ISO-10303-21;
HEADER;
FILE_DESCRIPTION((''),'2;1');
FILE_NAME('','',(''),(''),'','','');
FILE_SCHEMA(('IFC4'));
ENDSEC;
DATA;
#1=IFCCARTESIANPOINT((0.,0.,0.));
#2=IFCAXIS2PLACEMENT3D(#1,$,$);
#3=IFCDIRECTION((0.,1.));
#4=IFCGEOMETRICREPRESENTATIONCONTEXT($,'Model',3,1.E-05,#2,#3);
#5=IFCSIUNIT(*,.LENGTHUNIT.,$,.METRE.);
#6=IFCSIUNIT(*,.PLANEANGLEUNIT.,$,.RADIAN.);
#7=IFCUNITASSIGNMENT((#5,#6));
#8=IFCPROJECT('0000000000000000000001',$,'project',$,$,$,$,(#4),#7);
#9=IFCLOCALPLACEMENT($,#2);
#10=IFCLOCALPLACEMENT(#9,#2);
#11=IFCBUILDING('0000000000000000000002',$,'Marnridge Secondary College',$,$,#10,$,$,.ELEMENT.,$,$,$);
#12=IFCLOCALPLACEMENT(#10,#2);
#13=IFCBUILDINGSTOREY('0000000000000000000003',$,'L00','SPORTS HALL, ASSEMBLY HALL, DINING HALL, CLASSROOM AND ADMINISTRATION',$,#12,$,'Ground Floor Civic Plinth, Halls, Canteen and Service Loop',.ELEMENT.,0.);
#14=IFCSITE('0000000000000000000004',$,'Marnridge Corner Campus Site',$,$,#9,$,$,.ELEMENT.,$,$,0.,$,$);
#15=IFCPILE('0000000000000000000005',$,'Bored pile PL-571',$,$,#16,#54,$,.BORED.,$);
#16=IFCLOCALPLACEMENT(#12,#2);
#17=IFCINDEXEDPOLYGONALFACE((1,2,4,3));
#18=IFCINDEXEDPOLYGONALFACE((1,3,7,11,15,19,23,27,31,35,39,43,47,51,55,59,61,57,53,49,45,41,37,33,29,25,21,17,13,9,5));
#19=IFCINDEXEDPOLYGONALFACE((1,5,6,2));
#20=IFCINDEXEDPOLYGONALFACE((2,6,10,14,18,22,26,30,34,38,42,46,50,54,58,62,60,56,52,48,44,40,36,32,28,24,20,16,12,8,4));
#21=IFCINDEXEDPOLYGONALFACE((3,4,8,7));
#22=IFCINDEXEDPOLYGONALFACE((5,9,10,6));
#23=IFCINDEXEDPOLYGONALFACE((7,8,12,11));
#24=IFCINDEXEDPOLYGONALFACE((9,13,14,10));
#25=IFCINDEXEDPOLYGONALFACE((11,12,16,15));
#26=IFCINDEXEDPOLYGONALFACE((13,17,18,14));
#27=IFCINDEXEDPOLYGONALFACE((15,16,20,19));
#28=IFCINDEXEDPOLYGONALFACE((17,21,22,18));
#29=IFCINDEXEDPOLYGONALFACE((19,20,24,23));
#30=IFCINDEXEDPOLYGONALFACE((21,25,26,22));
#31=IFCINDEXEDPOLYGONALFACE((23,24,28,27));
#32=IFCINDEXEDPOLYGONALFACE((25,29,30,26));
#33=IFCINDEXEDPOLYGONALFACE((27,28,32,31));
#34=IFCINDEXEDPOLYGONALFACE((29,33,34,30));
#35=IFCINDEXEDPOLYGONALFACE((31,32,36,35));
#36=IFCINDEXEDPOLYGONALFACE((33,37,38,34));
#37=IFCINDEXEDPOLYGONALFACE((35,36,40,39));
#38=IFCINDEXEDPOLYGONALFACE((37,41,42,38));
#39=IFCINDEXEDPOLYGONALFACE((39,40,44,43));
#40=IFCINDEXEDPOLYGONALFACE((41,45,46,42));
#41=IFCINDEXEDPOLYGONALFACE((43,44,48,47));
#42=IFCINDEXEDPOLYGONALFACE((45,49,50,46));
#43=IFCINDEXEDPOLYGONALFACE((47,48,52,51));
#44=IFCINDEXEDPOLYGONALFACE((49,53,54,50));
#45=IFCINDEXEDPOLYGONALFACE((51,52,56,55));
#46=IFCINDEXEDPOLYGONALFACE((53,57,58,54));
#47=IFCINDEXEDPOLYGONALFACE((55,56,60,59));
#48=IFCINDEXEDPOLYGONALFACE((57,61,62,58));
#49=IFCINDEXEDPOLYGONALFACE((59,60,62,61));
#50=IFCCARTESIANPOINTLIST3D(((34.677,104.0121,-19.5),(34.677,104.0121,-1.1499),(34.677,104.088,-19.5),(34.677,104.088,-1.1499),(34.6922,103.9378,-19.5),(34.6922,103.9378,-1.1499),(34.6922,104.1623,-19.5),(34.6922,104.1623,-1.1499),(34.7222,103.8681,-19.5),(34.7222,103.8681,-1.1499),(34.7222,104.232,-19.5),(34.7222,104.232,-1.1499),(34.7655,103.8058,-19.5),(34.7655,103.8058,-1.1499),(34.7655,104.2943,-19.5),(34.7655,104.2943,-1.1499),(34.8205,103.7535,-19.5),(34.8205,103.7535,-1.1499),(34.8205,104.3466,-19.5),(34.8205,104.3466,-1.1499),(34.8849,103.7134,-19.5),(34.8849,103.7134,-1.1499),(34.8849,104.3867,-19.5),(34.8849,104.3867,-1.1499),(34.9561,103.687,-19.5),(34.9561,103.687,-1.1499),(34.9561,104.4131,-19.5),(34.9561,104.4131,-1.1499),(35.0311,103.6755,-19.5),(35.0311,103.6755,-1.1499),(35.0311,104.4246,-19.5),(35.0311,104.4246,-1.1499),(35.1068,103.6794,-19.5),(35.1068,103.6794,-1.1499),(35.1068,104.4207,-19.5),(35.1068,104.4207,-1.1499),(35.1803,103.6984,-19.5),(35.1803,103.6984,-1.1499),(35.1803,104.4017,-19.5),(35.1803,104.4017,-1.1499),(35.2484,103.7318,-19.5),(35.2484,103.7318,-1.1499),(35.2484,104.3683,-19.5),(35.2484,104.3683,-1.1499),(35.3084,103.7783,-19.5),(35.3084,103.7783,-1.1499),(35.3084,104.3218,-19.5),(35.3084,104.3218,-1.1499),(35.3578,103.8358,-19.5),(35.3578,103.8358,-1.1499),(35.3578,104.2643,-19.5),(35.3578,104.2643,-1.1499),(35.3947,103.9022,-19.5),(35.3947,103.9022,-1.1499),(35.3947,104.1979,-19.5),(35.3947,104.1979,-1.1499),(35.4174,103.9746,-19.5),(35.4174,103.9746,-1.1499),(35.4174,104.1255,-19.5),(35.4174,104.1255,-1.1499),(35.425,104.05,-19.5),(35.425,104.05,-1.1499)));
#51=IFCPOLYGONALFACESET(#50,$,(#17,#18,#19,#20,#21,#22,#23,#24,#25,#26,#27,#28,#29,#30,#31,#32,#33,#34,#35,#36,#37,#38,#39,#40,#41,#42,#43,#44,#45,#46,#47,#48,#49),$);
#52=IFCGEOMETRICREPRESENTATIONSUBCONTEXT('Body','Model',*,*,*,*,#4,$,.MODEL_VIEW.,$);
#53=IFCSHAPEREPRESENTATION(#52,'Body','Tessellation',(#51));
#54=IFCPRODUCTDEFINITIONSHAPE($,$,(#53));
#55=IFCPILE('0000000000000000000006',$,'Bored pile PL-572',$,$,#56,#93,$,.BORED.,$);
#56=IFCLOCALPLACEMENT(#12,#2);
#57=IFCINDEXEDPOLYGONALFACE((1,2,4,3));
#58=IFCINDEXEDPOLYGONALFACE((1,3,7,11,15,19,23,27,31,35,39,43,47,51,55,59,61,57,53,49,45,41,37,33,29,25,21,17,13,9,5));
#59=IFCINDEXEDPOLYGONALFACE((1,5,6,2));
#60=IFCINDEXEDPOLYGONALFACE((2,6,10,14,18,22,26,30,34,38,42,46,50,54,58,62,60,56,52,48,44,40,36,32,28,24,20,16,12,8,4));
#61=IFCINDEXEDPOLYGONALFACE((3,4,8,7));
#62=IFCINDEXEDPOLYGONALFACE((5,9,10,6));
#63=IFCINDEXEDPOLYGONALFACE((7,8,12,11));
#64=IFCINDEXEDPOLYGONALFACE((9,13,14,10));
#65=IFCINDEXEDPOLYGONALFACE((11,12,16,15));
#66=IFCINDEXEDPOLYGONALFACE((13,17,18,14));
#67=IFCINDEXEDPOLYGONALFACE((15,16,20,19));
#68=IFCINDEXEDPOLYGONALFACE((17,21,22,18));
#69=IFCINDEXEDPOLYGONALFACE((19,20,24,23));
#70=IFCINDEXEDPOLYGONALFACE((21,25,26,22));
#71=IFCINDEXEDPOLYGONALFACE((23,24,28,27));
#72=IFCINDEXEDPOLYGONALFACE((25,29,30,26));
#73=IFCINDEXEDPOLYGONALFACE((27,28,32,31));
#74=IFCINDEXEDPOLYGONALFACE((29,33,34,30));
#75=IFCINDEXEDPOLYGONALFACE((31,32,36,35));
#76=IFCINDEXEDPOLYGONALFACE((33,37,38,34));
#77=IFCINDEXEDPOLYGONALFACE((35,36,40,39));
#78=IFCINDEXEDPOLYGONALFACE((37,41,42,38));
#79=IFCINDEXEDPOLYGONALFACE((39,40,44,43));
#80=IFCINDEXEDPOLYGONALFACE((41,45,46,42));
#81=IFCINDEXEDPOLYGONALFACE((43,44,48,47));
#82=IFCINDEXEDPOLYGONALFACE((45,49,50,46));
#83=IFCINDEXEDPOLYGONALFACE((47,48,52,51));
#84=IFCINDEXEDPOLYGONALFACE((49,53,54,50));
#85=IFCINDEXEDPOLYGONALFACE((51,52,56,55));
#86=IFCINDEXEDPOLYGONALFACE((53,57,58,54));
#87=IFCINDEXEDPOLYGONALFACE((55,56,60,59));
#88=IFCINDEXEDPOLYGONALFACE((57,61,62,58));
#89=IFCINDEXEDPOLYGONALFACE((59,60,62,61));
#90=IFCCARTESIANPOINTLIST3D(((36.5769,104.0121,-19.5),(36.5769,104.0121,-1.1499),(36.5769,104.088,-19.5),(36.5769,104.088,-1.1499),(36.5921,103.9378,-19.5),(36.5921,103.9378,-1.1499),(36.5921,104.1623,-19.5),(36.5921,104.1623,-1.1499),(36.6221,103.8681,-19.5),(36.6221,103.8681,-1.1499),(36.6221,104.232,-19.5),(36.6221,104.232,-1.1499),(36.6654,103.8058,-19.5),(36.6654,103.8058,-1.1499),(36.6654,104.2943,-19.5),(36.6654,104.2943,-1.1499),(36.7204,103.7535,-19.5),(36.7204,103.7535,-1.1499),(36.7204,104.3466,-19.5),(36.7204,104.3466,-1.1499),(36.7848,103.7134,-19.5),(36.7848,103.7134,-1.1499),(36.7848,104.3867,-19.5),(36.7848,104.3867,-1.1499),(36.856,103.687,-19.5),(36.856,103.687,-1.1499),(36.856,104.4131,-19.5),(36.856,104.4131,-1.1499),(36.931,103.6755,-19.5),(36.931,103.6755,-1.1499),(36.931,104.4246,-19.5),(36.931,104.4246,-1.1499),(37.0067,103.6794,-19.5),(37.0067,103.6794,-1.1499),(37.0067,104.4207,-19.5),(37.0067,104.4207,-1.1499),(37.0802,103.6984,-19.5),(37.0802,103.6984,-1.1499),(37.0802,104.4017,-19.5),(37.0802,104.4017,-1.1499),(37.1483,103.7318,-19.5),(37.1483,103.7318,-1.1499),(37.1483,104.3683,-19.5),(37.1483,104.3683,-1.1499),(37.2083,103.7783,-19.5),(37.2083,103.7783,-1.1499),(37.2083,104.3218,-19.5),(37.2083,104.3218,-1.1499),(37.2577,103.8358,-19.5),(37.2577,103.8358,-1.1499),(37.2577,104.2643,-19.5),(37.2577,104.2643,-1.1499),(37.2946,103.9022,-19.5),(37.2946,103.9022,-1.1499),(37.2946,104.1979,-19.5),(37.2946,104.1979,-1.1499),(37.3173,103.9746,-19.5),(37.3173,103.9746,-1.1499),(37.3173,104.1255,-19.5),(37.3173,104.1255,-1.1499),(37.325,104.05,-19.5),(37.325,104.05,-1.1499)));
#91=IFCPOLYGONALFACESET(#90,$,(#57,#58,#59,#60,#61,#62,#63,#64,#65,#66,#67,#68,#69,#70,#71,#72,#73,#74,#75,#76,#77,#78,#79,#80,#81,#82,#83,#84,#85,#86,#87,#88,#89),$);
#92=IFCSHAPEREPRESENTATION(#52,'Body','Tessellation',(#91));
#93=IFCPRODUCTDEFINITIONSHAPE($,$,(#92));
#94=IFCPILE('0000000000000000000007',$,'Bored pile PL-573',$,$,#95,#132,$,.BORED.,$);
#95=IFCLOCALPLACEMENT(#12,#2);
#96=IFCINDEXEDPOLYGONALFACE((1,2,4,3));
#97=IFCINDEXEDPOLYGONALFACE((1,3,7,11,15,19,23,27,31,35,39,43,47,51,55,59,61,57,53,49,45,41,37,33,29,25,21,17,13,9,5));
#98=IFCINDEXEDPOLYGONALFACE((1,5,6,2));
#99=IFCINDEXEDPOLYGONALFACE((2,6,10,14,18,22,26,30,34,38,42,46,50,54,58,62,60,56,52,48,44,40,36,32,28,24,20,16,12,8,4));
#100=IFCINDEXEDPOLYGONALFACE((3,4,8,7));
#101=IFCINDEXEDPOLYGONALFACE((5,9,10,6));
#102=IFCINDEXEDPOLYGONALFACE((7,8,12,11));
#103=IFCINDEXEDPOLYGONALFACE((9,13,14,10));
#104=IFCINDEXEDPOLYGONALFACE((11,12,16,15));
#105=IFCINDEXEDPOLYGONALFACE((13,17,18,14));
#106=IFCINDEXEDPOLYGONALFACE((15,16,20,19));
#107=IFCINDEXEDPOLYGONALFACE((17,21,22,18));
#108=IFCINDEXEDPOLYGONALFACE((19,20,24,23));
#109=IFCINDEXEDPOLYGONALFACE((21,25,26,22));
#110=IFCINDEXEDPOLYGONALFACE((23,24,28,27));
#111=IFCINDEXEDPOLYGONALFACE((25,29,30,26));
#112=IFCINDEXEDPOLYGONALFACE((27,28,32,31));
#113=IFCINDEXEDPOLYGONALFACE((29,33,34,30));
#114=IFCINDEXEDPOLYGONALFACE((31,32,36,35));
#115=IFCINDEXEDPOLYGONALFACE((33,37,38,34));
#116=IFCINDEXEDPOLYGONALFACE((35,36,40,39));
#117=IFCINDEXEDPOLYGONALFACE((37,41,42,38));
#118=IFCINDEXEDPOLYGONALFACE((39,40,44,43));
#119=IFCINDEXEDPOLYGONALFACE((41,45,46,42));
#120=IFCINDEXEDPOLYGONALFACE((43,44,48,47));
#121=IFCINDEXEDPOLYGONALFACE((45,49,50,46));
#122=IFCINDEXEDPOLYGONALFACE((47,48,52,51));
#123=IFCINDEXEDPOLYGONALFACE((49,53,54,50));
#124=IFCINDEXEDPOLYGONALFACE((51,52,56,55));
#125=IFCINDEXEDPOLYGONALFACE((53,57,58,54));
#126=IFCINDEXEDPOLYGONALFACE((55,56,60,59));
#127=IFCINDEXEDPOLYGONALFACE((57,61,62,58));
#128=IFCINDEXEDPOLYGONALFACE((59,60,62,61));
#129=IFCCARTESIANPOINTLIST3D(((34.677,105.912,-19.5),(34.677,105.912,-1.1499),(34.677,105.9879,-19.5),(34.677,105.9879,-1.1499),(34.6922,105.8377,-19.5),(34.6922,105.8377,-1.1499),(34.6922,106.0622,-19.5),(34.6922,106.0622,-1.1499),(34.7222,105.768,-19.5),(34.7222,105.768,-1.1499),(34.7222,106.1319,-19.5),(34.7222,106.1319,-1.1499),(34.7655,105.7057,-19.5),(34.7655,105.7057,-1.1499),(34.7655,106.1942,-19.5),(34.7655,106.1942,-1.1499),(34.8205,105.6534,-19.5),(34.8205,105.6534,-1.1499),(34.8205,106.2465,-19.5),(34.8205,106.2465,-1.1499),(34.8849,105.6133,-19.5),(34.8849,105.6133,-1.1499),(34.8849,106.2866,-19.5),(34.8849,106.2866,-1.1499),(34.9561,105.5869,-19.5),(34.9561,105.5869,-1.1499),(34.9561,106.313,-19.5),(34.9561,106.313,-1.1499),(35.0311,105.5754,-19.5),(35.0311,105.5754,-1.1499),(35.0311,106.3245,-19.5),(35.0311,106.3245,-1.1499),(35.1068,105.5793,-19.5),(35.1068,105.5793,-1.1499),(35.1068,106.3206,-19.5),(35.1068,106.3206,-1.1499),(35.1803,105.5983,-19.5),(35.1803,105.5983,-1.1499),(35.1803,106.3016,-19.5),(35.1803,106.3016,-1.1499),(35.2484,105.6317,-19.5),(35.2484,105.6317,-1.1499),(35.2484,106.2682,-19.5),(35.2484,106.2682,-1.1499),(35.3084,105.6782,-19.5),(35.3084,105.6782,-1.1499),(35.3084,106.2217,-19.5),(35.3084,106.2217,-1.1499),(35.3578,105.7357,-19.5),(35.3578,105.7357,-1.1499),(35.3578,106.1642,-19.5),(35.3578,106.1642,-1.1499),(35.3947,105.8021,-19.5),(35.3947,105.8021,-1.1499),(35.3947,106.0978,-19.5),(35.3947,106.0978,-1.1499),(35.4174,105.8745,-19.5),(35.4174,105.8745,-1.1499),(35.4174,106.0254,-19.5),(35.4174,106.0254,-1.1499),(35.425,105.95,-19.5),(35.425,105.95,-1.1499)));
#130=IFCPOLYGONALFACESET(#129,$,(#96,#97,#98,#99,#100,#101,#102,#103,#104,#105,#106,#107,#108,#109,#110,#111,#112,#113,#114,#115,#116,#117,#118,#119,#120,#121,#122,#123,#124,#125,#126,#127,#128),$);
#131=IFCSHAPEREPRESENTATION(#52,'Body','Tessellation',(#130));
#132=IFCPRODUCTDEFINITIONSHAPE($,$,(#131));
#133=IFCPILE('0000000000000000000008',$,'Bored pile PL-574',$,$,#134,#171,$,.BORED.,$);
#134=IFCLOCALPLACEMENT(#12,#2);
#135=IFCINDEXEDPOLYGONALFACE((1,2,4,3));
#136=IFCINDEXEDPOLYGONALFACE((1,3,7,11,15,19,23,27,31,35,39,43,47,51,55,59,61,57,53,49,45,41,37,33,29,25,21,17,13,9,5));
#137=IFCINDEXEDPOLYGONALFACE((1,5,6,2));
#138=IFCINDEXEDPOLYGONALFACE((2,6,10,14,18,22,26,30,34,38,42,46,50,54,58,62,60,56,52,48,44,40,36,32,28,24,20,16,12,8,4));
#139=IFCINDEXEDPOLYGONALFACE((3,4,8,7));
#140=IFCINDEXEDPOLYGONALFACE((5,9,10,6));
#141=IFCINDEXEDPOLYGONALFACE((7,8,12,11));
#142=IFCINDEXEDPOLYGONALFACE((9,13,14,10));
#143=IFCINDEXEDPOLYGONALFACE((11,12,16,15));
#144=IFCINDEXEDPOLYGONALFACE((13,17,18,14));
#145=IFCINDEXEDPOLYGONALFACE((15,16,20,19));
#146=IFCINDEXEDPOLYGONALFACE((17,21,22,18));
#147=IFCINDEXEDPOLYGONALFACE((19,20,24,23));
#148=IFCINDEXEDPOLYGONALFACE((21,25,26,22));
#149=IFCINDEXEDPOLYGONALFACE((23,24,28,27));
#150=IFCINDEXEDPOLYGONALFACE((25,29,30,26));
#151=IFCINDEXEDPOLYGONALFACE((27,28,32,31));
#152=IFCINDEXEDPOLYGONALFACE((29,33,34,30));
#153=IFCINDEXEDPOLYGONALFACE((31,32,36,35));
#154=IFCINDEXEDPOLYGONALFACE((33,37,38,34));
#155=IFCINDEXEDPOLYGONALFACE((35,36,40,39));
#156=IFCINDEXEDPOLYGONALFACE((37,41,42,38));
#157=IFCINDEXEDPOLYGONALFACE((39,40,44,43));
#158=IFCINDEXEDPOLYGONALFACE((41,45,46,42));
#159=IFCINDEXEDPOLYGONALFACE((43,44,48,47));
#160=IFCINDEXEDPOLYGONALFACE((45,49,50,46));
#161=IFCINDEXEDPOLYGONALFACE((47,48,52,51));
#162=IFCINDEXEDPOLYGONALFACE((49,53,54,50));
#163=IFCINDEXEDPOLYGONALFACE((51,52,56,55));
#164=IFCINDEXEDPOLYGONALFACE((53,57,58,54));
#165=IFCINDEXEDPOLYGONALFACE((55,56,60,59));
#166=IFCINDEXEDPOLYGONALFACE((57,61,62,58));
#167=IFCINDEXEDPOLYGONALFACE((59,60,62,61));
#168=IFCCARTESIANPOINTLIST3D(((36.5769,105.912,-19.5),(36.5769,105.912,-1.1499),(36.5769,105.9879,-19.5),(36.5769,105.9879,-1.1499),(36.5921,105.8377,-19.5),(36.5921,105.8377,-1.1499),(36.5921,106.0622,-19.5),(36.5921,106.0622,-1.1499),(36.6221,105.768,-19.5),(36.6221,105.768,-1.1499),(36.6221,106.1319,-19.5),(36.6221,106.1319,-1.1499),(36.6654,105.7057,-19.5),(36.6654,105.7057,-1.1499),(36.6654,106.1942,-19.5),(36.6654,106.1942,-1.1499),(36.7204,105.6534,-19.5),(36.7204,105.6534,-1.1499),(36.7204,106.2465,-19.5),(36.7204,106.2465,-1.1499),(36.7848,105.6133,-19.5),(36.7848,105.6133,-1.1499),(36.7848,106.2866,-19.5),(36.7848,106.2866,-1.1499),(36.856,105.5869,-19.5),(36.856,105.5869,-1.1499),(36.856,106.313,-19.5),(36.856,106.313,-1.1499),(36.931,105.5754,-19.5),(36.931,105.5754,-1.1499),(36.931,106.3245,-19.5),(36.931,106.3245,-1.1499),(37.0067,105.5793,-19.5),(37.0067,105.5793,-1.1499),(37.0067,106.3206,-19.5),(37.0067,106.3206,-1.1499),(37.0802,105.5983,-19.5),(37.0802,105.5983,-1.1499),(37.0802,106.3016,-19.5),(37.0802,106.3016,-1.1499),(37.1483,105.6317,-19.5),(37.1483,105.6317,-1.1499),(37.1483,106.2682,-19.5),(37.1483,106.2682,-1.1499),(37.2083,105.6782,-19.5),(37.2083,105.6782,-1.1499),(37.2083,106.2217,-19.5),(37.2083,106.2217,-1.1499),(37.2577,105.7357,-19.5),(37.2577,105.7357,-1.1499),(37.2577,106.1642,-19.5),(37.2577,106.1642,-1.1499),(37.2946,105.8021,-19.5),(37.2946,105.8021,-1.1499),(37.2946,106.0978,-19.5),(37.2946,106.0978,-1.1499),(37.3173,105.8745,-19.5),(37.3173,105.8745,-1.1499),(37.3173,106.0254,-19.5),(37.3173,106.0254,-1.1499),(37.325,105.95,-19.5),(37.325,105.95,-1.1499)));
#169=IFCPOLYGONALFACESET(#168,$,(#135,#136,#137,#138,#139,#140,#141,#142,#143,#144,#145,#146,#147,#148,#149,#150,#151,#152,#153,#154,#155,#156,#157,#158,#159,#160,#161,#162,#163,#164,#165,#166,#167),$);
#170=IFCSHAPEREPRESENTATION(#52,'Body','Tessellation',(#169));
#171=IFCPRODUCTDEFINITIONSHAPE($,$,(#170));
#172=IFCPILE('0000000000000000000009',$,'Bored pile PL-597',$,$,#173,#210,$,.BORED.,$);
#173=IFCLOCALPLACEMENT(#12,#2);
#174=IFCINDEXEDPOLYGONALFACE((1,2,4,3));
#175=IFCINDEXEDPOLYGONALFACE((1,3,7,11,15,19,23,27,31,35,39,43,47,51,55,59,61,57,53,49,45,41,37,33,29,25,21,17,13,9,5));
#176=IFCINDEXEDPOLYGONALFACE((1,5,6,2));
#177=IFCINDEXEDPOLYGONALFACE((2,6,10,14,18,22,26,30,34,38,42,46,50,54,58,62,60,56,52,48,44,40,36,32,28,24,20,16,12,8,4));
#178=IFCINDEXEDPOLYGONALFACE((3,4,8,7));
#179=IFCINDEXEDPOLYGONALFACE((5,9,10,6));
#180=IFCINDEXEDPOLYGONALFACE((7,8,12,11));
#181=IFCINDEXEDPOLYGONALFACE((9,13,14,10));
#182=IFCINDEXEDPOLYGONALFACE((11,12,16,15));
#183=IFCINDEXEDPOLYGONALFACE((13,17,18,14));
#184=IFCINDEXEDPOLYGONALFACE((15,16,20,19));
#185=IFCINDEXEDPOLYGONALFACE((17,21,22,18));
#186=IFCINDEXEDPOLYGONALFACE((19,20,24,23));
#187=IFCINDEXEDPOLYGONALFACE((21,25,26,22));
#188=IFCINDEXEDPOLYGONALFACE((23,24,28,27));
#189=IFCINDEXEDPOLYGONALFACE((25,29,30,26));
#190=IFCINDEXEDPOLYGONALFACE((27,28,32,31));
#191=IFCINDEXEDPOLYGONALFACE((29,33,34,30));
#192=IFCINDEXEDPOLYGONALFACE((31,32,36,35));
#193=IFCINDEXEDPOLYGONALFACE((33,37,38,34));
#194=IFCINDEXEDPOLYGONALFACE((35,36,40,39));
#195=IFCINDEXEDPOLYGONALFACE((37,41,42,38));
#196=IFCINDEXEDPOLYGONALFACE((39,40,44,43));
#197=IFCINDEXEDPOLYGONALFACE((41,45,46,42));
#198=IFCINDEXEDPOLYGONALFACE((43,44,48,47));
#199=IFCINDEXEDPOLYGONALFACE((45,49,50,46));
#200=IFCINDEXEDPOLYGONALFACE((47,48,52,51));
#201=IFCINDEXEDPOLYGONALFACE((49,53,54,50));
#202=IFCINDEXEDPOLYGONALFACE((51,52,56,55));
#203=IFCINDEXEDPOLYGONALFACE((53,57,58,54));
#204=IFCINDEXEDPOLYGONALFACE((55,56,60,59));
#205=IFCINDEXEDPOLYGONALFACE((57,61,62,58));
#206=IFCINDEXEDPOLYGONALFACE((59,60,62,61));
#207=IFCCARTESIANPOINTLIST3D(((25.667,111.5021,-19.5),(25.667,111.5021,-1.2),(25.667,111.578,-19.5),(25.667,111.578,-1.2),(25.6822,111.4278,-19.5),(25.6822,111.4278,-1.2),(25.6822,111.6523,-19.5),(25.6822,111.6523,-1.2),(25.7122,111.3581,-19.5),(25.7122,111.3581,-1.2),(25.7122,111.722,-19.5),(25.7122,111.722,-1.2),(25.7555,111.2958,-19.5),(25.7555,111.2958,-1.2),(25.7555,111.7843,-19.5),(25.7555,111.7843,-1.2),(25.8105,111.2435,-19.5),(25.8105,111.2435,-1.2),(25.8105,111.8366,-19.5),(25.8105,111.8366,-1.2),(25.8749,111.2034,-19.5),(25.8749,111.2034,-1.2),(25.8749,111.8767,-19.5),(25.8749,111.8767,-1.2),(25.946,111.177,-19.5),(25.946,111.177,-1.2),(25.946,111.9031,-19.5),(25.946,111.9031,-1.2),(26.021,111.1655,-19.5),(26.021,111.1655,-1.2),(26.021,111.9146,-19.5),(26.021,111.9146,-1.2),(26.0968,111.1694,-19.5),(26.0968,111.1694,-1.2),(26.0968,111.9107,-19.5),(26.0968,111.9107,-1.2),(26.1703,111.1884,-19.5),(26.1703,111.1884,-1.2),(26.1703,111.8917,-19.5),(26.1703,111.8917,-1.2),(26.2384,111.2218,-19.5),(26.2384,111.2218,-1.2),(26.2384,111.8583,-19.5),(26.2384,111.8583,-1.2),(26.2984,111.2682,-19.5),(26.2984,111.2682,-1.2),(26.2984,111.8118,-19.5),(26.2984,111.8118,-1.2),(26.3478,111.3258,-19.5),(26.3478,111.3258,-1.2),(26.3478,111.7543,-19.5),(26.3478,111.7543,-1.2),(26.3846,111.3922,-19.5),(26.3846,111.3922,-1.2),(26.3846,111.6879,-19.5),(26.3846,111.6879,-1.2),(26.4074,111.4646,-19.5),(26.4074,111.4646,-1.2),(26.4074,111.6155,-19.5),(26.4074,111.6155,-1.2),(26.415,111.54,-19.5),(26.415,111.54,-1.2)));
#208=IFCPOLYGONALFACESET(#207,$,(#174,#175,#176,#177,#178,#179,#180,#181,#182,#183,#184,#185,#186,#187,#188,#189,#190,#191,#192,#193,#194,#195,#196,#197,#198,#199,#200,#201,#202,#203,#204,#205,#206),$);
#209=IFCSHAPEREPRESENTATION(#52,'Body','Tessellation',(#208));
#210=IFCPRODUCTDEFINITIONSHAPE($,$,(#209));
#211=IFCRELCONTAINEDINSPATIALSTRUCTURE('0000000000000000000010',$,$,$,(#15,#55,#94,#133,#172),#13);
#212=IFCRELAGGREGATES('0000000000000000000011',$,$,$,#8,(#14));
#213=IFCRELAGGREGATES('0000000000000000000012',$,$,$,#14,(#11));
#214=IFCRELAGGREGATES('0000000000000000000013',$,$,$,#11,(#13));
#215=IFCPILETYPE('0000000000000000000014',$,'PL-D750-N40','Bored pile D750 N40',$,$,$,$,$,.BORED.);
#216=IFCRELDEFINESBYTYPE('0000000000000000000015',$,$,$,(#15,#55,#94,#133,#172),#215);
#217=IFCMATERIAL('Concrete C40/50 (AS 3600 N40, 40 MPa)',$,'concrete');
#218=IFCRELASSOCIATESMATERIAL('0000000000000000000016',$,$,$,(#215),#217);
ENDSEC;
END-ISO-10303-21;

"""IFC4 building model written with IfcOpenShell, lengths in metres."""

from ifc_helpers import new_model, si_unit, direction, frame, origin, origin_2d, place, context, subcontext, project, spatial, circle, extrude, material, material_profile, profile_set, type_object, element, save


model = new_model("IFC4")

# Units and contexts
model_context = context("Model", 3, precision=1e-05, world=origin(), true_north=direction((0.0, 1.0)))
body_context = subcontext(model_context, "Body", "Model", "MODEL_VIEW")
ifc_project = project(units=[si_unit("LENGTHUNIT", "METRE"), si_unit("PLANEANGLEUNIT", "RADIAN")], contexts=[model_context])

# Site, building, storey
site_placement = place(None, origin())
site = spatial("IfcSite", under=ifc_project, at=site_placement, Name="Marnridge Corner Campus Site", CompositionType="ELEMENT", RefElevation=0.0)
building_placement = place(site_placement, origin())
building = spatial("IfcBuilding", under=site, at=building_placement, Name="Marnridge Secondary College", CompositionType="ELEMENT")
storey_placement = place(building_placement, origin())
storey = spatial("IfcBuildingStorey", under=building, at=storey_placement, Name="L00", Description="SPORTS HALL, ASSEMBLY HALL, DINING HALL, CLASSROOM AND ADMINISTRATION", LongName="Ground Floor Civic Plinth, Halls, Canteen and Service Loop", CompositionType="ELEMENT", Elevation=0.0)

# Piles
ifc_material_1 = material(Name="Concrete C40/50 (AS 3600 N40, 40 MPa)", Category="concrete")
ifc_material_profile_1 = material_profile(ifc_material_1, circle(Radius=0.375, at=origin_2d()), Name="PILE D750")
ifc_profile_set_1 = profile_set([ifc_material_profile_1], Name="Concrete C40/50 (AS 3600 N40, 40 MPa)")
pile_type = type_object("IfcPileType", Name="PL-D750-N40", Description="Bored pile D750 N40", PredefinedType="BORED", material=ifc_profile_set_1)
for number, where, z_axis, x_axis, name in (
    (1, (35.05, 104.05, -1.1499), (0.0, 0.0, -1.0), (1.0, 0.0, 0.0), "Bored pile PL-571"),
    (2, (36.95, 104.05, -1.1499), (0.0, 0.0, -1.0), (1.0, 0.0, 0.0), "Bored pile PL-572"),
    (3, (35.05, 105.95, -1.1499), (0.0, 0.0, -1.0), (1.0, 0.0, 0.0), "Bored pile PL-573"),
    (4, (36.95, 105.95, -1.1499), (0.0, 0.0, -1.0), (1.0, 0.0, 0.0), "Bored pile PL-574"),
):
    element("IfcPile", number, at=place(storey_placement, frame(where, z_axis=z_axis, x_axis=x_axis)), inside=storey, type_object=pile_type, Name=name, PredefinedType="BORED", context=body_context, shape_type="SweptSolid", body=[
        extrude(circle(Radius=0.375, at=origin_2d()), origin(), (0.0, 0.0, 1.0), 18.3501),
    ])
for number, where, z_axis, x_axis, name in (
    (5, (26.04, 111.54, -1.2), (0.0, 0.0, -1.0), (1.0, 0.0, 0.0), "Bored pile PL-597"),
):
    element("IfcPile", number, at=place(storey_placement, frame(where, z_axis=z_axis, x_axis=x_axis)), inside=storey, type_object=pile_type, Name=name, PredefinedType="BORED", context=body_context, shape_type="SweptSolid", body=[
        extrude(circle(Radius=0.375, at=origin_2d()), origin(), (0.0, 0.0, 1.0), 18.3),
    ])

save(model, "model.ifc")
